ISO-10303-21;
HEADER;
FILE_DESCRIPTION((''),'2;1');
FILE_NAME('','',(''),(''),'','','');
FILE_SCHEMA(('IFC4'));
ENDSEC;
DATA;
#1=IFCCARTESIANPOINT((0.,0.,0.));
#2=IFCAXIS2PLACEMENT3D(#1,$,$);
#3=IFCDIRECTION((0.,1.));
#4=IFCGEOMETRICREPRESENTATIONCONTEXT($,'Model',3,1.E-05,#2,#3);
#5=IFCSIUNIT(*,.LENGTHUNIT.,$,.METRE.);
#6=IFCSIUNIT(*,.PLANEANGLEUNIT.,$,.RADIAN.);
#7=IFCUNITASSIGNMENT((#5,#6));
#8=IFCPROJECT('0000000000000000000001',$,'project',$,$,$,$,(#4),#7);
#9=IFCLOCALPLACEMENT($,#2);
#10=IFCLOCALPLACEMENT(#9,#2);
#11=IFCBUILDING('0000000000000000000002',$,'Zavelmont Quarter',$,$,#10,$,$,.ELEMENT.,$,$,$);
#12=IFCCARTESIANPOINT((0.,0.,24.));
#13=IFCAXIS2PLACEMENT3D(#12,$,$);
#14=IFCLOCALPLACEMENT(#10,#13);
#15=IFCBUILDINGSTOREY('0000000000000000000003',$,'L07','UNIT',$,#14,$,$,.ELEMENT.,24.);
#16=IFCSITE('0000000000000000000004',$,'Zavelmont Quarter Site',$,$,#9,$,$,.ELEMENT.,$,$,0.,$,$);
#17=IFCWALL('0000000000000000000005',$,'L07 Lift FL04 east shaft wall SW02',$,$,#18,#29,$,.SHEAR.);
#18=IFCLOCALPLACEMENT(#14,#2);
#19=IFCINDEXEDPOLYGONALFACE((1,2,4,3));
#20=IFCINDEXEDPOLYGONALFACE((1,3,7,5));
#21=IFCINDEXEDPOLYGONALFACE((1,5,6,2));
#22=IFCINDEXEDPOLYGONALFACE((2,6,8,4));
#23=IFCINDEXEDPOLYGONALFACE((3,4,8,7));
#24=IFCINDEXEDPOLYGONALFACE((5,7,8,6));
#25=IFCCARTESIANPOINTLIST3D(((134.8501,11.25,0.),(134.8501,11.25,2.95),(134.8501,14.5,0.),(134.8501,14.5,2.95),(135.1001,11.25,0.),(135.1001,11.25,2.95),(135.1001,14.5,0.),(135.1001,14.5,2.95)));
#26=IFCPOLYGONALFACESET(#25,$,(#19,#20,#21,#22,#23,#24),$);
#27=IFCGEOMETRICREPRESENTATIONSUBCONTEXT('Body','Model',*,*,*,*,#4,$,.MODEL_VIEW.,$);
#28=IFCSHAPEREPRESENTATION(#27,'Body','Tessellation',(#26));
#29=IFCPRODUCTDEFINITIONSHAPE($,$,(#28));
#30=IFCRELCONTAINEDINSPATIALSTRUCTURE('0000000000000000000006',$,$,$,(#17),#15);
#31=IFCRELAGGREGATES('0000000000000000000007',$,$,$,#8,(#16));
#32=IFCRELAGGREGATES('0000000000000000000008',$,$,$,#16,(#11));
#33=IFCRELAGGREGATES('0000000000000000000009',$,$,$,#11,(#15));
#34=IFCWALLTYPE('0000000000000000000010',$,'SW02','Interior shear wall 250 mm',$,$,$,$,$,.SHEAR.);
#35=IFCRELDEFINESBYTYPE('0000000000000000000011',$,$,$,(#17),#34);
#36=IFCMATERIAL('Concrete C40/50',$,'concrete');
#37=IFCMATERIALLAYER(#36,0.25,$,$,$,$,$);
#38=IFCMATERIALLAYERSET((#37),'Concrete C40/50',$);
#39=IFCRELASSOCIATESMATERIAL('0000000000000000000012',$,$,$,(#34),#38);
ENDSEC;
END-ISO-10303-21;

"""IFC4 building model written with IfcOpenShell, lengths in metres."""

from ifc_helpers import new_model, si_unit, direction, frame, frame_2d, origin, place, context, subcontext, project, spatial, rectangle, extrude, material, layer, layer_set, type_object, element, save


model = new_model("IFC4")

# Units and contexts
model_context = context("Model", 3, precision=1e-05, world=origin(), true_north=direction((0.0, 1.0)))
body_context = subcontext(model_context, "Body", "Model", "MODEL_VIEW")
ifc_project = project(units=[si_unit("LENGTHUNIT", "METRE"), si_unit("PLANEANGLEUNIT", "RADIAN")], contexts=[model_context])

# Site, building, storey
site_placement = place(None, origin())
site = spatial("IfcSite", under=ifc_project, at=site_placement, Name="Zavelmont Quarter Site", CompositionType="ELEMENT", RefElevation=0.0)
building_placement = place(site_placement, origin())
building = spatial("IfcBuilding", under=site, at=building_placement, Name="Zavelmont Quarter", CompositionType="ELEMENT")
storey_placement = place(building_placement, frame((0.0, 0.0, 24.0)))
storey = spatial("IfcBuildingStorey", under=building, at=storey_placement, Name="L07", Description="UNIT", CompositionType="ELEMENT", Elevation=24.0)

# Shared definitions
ifc_material_1 = material(Name="Concrete C40/50", Category="concrete")

# Shared definitions
ifc_layer_1 = layer(ifc_material_1, 0.25)
ifc_layer_set_1 = layer_set([ifc_layer_1], Name="Concrete C40/50")
wall_type_1 = type_object("IfcWallType", Name="SW02", Description="Interior shear wall 250 mm", PredefinedType="SHEAR", material=ifc_layer_set_1)

# Wall
for number, where, z_axis, x_axis, name in (
    (1, (134.9751, 11.25, 0.0), (0.0, 0.0, 1.0), (0.0, 1.0, 0.0), "L07 Lift FL04 east shaft wall SW02"),
):
    element("IfcWall", number, at=place(storey_placement, frame(where, z_axis=z_axis, x_axis=x_axis)), inside=storey, type_object=wall_type_1, Name=name, PredefinedType="SHEAR", context=body_context, shape_type="SweptSolid", body=[
        extrude(rectangle(XDim=3.25, YDim=0.25, at=frame_2d((1.625, 0.0))), origin(), (0.0, 0.0, 1.0), 2.95),
    ])

save(model, "model.ifc")
